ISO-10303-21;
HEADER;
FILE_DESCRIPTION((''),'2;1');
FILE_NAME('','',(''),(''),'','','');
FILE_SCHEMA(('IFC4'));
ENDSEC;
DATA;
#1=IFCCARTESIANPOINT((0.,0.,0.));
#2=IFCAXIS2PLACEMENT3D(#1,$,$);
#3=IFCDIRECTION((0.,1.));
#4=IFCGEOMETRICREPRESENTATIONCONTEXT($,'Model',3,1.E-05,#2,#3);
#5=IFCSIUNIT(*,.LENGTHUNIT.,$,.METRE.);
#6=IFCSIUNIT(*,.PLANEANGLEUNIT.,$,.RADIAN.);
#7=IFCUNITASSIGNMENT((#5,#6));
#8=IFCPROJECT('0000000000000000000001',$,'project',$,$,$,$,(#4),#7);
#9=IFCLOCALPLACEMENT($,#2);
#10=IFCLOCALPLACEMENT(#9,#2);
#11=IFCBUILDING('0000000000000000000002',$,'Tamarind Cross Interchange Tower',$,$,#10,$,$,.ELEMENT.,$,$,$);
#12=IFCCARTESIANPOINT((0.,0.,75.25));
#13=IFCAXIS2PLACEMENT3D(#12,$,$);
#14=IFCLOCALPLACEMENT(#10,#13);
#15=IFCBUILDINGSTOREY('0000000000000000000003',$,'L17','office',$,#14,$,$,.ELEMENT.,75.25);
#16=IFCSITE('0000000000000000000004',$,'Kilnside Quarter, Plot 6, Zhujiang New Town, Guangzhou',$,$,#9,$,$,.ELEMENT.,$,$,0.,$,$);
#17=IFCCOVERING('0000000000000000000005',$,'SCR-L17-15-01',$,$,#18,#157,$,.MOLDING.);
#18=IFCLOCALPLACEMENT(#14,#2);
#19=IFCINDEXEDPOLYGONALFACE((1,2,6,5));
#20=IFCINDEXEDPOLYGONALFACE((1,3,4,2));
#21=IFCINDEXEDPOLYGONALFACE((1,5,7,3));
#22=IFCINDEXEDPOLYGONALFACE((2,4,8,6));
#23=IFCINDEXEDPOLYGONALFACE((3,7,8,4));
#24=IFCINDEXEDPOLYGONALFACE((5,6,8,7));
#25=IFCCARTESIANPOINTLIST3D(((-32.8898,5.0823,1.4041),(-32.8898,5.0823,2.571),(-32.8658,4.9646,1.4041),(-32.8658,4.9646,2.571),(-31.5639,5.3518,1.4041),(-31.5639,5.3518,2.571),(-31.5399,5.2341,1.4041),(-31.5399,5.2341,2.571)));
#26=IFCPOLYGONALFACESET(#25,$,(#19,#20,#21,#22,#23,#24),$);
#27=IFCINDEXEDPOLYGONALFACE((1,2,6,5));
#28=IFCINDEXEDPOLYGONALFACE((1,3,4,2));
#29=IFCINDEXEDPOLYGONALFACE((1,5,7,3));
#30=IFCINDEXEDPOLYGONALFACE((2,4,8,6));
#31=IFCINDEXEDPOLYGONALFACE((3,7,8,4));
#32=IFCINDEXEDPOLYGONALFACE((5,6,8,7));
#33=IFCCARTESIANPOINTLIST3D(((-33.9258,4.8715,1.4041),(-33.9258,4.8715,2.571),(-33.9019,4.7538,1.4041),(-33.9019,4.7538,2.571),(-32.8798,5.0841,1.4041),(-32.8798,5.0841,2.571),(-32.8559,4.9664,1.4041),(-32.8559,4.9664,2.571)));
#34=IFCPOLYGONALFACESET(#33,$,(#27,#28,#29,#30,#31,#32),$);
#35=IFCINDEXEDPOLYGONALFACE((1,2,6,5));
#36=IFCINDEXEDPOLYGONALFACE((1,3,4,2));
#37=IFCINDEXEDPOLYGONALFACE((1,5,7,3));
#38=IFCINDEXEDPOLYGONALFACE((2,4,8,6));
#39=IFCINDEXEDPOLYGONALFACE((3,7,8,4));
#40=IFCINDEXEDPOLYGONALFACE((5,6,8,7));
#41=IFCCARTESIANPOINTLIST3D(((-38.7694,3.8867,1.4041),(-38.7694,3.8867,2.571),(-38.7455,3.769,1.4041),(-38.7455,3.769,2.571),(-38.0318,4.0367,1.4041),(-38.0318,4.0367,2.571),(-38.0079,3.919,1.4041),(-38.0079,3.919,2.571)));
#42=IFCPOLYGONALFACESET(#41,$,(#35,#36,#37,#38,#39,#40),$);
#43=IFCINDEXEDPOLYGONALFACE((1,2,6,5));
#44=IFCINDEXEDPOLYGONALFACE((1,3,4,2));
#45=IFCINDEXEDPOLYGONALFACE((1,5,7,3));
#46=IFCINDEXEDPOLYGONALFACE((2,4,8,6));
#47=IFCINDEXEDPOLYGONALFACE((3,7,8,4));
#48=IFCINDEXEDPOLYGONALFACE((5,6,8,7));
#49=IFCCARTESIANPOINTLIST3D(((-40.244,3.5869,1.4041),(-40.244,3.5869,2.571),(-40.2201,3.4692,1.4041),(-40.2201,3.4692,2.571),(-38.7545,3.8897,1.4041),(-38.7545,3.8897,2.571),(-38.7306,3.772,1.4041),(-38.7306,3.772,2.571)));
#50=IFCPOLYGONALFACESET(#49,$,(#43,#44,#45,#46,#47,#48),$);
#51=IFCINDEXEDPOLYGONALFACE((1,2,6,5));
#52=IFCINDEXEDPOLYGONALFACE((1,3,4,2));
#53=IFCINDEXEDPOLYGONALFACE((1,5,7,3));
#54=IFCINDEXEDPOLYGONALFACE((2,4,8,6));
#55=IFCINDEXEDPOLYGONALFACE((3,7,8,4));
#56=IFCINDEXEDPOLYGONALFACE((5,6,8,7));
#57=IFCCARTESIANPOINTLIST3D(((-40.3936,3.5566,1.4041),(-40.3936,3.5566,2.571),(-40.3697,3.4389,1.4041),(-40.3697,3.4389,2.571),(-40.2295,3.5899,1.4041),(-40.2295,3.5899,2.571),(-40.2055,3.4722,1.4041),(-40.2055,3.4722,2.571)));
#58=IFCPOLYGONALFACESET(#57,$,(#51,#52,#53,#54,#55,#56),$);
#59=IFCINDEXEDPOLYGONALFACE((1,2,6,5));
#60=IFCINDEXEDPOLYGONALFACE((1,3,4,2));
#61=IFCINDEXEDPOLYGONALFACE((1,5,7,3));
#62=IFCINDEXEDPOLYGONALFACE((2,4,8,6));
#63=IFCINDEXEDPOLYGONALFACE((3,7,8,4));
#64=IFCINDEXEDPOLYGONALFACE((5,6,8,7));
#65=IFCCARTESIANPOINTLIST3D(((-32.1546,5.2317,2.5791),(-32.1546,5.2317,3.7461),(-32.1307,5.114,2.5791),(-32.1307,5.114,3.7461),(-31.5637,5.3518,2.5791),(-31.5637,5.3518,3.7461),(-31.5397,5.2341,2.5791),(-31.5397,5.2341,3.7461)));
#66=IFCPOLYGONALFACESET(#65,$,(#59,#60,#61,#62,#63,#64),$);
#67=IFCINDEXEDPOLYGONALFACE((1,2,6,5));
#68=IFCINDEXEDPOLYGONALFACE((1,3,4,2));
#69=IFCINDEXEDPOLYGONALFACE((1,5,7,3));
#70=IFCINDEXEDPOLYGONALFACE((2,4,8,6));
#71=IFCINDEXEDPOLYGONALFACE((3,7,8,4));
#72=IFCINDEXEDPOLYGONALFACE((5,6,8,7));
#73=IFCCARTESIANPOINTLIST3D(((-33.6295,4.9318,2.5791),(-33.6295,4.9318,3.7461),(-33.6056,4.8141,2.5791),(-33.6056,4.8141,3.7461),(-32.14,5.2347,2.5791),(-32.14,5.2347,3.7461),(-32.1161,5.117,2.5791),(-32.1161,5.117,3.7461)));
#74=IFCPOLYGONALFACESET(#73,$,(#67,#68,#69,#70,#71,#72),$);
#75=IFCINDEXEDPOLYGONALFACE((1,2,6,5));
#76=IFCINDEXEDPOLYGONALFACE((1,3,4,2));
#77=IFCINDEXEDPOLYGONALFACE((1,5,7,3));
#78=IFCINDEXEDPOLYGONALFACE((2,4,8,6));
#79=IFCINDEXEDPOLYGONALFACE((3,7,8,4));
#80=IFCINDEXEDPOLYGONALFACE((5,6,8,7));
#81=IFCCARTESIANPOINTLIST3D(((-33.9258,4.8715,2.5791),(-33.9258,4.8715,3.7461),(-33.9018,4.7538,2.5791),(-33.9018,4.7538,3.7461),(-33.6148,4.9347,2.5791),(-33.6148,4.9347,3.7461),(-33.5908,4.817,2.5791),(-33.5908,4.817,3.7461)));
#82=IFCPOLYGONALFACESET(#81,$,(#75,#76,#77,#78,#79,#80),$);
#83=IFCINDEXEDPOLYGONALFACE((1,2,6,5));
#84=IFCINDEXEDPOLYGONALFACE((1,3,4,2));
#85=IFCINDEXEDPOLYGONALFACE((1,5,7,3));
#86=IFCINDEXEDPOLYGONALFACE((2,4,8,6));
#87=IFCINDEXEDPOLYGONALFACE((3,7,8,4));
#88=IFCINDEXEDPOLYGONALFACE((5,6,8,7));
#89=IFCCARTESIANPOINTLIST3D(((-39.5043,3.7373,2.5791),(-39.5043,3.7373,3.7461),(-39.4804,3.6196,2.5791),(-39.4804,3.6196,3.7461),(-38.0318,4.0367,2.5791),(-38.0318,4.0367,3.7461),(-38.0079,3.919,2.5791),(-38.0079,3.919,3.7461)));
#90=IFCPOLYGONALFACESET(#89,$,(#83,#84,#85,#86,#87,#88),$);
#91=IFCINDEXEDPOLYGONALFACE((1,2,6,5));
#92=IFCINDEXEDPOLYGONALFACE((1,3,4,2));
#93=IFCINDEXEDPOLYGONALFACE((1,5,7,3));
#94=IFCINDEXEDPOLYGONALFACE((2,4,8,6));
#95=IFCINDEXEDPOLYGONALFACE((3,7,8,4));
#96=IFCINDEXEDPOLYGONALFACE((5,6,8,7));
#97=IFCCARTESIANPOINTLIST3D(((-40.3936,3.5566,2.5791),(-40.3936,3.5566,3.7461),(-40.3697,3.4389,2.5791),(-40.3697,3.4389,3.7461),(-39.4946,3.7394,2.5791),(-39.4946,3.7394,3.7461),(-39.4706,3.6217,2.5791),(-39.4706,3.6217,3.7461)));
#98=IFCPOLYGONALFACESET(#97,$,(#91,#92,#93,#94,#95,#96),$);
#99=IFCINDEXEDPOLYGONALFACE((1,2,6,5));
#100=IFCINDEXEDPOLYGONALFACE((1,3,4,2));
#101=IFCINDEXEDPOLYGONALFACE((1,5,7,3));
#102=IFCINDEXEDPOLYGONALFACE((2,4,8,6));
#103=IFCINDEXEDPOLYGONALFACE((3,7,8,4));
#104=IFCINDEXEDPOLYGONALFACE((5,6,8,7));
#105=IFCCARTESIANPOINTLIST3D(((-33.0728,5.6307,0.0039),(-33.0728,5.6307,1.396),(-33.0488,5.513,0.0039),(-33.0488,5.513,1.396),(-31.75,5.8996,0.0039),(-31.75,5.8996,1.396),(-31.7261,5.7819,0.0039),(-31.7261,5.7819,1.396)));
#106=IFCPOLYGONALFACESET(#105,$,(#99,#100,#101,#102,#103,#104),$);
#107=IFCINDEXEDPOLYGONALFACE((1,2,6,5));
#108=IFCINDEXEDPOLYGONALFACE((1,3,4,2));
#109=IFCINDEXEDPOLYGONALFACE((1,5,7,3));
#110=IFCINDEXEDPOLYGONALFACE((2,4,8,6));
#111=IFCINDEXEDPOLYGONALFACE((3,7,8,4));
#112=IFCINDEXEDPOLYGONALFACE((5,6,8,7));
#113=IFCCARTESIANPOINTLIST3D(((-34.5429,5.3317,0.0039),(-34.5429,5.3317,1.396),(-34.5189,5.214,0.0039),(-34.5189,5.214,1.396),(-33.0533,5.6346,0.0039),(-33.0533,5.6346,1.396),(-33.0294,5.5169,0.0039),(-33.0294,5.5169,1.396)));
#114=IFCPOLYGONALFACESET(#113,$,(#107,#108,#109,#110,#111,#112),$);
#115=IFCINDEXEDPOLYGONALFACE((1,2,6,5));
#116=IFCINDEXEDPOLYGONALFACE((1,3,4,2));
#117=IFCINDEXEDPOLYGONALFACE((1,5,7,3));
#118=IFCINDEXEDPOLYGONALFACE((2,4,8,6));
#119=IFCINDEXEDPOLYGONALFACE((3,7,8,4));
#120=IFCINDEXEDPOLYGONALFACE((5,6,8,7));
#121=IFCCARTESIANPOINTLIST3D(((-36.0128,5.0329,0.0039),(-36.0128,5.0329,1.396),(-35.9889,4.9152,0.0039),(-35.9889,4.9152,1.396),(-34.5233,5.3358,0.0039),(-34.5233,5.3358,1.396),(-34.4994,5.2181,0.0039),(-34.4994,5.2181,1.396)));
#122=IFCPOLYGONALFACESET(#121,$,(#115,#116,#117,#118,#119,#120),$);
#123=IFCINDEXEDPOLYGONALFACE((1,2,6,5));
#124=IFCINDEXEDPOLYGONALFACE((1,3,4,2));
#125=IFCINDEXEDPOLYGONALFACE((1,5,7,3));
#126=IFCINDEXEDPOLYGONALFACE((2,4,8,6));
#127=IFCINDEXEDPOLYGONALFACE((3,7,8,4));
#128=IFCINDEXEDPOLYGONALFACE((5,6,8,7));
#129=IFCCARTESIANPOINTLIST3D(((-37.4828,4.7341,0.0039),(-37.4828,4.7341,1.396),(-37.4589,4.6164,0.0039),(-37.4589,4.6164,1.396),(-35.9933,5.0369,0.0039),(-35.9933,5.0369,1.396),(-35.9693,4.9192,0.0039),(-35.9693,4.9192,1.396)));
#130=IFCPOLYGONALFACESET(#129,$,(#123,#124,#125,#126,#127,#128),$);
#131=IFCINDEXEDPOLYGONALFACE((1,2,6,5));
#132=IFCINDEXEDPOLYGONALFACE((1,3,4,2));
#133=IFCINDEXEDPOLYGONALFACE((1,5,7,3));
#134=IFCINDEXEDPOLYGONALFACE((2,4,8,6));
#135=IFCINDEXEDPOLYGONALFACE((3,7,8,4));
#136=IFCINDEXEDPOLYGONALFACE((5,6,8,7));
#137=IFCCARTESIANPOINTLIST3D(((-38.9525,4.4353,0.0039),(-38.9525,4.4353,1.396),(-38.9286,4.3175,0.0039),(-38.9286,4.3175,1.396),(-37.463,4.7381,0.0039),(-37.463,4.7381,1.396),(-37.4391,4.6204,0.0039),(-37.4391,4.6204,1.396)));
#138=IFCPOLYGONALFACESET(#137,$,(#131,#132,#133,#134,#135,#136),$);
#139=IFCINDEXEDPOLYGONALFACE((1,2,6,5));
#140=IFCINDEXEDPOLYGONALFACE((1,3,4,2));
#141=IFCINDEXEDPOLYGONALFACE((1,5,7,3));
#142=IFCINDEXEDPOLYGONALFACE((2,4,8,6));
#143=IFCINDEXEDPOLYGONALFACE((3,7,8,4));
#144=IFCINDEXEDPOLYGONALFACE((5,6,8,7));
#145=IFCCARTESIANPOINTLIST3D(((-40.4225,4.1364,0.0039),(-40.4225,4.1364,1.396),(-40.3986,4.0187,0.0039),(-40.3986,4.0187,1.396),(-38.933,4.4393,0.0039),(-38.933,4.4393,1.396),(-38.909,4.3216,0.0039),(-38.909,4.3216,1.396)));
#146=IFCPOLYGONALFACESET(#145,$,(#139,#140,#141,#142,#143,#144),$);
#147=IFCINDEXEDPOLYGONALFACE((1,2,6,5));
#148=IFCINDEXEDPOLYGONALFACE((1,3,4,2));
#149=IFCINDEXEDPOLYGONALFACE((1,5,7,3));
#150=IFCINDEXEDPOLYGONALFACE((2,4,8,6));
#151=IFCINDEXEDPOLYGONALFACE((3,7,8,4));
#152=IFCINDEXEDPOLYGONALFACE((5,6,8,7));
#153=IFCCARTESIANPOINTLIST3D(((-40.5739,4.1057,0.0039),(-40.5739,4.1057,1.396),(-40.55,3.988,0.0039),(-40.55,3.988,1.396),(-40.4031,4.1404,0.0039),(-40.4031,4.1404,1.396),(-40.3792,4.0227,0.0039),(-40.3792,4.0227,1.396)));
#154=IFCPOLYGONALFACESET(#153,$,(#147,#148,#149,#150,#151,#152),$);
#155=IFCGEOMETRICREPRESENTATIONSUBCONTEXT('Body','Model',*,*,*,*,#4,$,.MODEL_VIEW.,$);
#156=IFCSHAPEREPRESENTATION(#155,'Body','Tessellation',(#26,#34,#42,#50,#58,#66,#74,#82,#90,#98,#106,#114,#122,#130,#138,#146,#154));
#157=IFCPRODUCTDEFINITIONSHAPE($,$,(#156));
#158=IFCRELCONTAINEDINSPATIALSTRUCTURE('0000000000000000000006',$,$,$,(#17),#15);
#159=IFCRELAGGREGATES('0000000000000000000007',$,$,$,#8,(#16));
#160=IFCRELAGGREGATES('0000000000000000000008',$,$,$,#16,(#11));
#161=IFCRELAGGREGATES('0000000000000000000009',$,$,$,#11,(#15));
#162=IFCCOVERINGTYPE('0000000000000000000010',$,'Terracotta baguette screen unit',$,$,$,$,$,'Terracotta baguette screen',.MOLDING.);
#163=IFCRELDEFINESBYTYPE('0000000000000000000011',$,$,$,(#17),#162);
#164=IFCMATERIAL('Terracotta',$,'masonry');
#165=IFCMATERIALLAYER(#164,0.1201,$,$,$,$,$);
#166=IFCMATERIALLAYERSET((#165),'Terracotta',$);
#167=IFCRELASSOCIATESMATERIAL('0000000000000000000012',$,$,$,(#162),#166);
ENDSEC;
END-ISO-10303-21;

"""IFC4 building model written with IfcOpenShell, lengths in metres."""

from ifc_helpers import new_model, si_unit, direction, frame, origin, origin_2d, place, context, subcontext, project, spatial, rectangle, extrude, material, layer, layer_set, type_object, element, save


model = new_model("IFC4")

# Units and contexts
model_context = context("Model", 3, precision=1e-05, world=origin(), true_north=direction((0.0, 1.0)))
body_context = subcontext(model_context, "Body", "Model", "MODEL_VIEW")
ifc_project = project(units=[si_unit("LENGTHUNIT", "METRE"), si_unit("PLANEANGLEUNIT", "RADIAN")], contexts=[model_context])

# Site, building, storey
site_placement = place(None, origin())
site = spatial("IfcSite", under=ifc_project, at=site_placement, Name="Kilnside Quarter, Plot 6, Zhujiang New Town, Guangzhou", CompositionType="ELEMENT", RefElevation=0.0)
building_placement = place(site_placement, origin())
building = spatial("IfcBuilding", under=site, at=building_placement, Name="Tamarind Cross Interchange Tower", CompositionType="ELEMENT")
storey_placement = place(building_placement, frame((0.0, 0.0, 75.25)))
storey = spatial("IfcBuildingStorey", under=building, at=storey_placement, Name="L17", Description="office", CompositionType="ELEMENT", Elevation=75.25)

# Covering
ifc_material_1 = material(Name="Terracotta", Category="masonry")
ifc_layer_1 = layer(ifc_material_1, 0.1201)
ifc_layer_set_1 = layer_set([ifc_layer_1], Name="Terracotta")
covering_type = type_object("IfcCoveringType", Name="Terracotta baguette screen unit", ElementType="Terracotta baguette screen", PredefinedType="MOLDING", material=ifc_layer_set_1)
covering_1_placement = place(storey_placement, origin())
element("IfcCovering", 1, at=covering_1_placement, inside=storey, type_object=covering_type, Name="SCR-L17-15-01", PredefinedType="MOLDING", context=body_context, shape_type="SweptSolid", body=[
    extrude(rectangle(XDim=1.353, YDim=0.1201, at=origin_2d()), frame((-32.2148, 5.1582, 1.4041), z_axis=(0.0, 0.0, 1.0), x_axis=(-0.97995, -0.199245, 0.0)), (0.0, 0.0, 1.0), 1.167),
    extrude(rectangle(XDim=1.0674, YDim=0.1201, at=origin_2d()), frame((-33.3909, 4.9189, 1.4041), z_axis=(0.0, 0.0, 1.0), x_axis=(-0.97995, -0.199245, 0.0)), (0.0, 0.0, 1.0), 1.167),
    extrude(rectangle(XDim=0.7527, YDim=0.1201, at=origin_2d()), frame((-38.3887, 3.9028, 1.4041), z_axis=(0.0, 0.0, 1.0), x_axis=(-0.97995, -0.199245, 0.0)), (0.0, 0.0, 1.0), 1.167),
    extrude(rectangle(XDim=1.52, YDim=0.1201, at=origin_2d()), frame((-39.4873, 3.6794, 1.4041), z_axis=(0.0, 0.0, 1.0), x_axis=(-0.97995, -0.199245, 0.0)), (0.0, 0.0, 1.0), 1.167),
    extrude(rectangle(XDim=0.1675, YDim=0.1201, at=origin_2d()), frame((-40.2996, 3.5144, 1.4041), z_axis=(0.0, 0.0, 1.0), x_axis=(-0.97995, -0.199245, 0.0)), (0.0, 0.0, 1.0), 1.167),
    extrude(rectangle(XDim=0.603, YDim=0.1201, at=origin_2d()), frame((-31.8472, 5.2329, 2.5791), z_axis=(0.0, 0.0, 1.0), x_axis=(-0.97995, -0.199245, 0.0)), (0.0, 0.0, 1.0), 1.167),
    extrude(rectangle(XDim=1.52, YDim=0.1201, at=origin_2d()), frame((-32.8728, 5.0244, 2.5791), z_axis=(0.0, 0.0, 1.0), x_axis=(-0.97995, -0.199245, 0.0)), (0.0, 0.0, 1.0), 1.167),
    extrude(rectangle(XDim=0.3174, YDim=0.1201, at=origin_2d()), frame((-33.7583, 4.8442, 2.5791), z_axis=(0.0, 0.0, 1.0), x_axis=(-0.97995, -0.199245, 0.0)), (0.0, 0.0, 1.0), 1.167),
    extrude(rectangle(XDim=1.5027, YDim=0.1201, at=origin_2d()), frame((-38.7561, 3.8281, 2.5791), z_axis=(0.0, 0.0, 1.0), x_axis=(-0.97995, -0.199245, 0.0)), (0.0, 0.0, 1.0), 1.167),
    extrude(rectangle(XDim=0.9175, YDim=0.1201, at=origin_2d()), frame((-39.9321, 3.5891, 2.5791), z_axis=(0.0, 0.0, 1.0), x_axis=(-0.97995, -0.199245, 0.0)), (0.0, 0.0, 1.0), 1.167),
    extrude(rectangle(XDim=1.3499, YDim=0.1201, at=origin_2d()), frame((-32.3994, 5.7063, 0.0039), z_axis=(0.0, 0.0, 1.0), x_axis=(-0.97995, -0.199245, 0.0)), (0.0, 0.0, 1.0), 1.3921),
    extrude(rectangle(XDim=1.52, YDim=0.1201, at=origin_2d()), frame((-33.7861, 5.4243, 0.0039), z_axis=(0.0, 0.0, 1.0), x_axis=(-0.97995, -0.199245, 0.0)), (0.0, 0.0, 1.0), 1.3921),
    extrude(rectangle(XDim=1.52, YDim=0.1201, at=origin_2d()), frame((-35.2561, 5.1255, 0.0039), z_axis=(0.0, 0.0, 1.0), x_axis=(-0.97995, -0.199245, 0.0)), (0.0, 0.0, 1.0), 1.3921),
    extrude(rectangle(XDim=1.52, YDim=0.1201, at=origin_2d()), frame((-36.7261, 4.8267, 0.0039), z_axis=(0.0, 0.0, 1.0), x_axis=(-0.97995, -0.199245, 0.0)), (0.0, 0.0, 1.0), 1.3921),
    extrude(rectangle(XDim=1.52, YDim=0.1201, at=origin_2d()), frame((-38.1958, 4.5278, 0.0039), z_axis=(0.0, 0.0, 1.0), x_axis=(-0.97995, -0.199245, 0.0)), (0.0, 0.0, 1.0), 1.3921),
    extrude(rectangle(XDim=1.52, YDim=0.1201, at=origin_2d()), frame((-39.6658, 4.229, 0.0039), z_axis=(0.0, 0.0, 1.0), x_axis=(-0.97995, -0.199245, 0.0)), (0.0, 0.0, 1.0), 1.3921),
    extrude(rectangle(XDim=0.1743, YDim=0.1201, at=origin_2d()), frame((-40.4766, 4.0642, 0.0039), z_axis=(0.0, 0.0, 1.0), x_axis=(-0.97995, -0.199245, 0.0)), (0.0, 0.0, 1.0), 1.3921),
])

save(model, "model.ifc")
